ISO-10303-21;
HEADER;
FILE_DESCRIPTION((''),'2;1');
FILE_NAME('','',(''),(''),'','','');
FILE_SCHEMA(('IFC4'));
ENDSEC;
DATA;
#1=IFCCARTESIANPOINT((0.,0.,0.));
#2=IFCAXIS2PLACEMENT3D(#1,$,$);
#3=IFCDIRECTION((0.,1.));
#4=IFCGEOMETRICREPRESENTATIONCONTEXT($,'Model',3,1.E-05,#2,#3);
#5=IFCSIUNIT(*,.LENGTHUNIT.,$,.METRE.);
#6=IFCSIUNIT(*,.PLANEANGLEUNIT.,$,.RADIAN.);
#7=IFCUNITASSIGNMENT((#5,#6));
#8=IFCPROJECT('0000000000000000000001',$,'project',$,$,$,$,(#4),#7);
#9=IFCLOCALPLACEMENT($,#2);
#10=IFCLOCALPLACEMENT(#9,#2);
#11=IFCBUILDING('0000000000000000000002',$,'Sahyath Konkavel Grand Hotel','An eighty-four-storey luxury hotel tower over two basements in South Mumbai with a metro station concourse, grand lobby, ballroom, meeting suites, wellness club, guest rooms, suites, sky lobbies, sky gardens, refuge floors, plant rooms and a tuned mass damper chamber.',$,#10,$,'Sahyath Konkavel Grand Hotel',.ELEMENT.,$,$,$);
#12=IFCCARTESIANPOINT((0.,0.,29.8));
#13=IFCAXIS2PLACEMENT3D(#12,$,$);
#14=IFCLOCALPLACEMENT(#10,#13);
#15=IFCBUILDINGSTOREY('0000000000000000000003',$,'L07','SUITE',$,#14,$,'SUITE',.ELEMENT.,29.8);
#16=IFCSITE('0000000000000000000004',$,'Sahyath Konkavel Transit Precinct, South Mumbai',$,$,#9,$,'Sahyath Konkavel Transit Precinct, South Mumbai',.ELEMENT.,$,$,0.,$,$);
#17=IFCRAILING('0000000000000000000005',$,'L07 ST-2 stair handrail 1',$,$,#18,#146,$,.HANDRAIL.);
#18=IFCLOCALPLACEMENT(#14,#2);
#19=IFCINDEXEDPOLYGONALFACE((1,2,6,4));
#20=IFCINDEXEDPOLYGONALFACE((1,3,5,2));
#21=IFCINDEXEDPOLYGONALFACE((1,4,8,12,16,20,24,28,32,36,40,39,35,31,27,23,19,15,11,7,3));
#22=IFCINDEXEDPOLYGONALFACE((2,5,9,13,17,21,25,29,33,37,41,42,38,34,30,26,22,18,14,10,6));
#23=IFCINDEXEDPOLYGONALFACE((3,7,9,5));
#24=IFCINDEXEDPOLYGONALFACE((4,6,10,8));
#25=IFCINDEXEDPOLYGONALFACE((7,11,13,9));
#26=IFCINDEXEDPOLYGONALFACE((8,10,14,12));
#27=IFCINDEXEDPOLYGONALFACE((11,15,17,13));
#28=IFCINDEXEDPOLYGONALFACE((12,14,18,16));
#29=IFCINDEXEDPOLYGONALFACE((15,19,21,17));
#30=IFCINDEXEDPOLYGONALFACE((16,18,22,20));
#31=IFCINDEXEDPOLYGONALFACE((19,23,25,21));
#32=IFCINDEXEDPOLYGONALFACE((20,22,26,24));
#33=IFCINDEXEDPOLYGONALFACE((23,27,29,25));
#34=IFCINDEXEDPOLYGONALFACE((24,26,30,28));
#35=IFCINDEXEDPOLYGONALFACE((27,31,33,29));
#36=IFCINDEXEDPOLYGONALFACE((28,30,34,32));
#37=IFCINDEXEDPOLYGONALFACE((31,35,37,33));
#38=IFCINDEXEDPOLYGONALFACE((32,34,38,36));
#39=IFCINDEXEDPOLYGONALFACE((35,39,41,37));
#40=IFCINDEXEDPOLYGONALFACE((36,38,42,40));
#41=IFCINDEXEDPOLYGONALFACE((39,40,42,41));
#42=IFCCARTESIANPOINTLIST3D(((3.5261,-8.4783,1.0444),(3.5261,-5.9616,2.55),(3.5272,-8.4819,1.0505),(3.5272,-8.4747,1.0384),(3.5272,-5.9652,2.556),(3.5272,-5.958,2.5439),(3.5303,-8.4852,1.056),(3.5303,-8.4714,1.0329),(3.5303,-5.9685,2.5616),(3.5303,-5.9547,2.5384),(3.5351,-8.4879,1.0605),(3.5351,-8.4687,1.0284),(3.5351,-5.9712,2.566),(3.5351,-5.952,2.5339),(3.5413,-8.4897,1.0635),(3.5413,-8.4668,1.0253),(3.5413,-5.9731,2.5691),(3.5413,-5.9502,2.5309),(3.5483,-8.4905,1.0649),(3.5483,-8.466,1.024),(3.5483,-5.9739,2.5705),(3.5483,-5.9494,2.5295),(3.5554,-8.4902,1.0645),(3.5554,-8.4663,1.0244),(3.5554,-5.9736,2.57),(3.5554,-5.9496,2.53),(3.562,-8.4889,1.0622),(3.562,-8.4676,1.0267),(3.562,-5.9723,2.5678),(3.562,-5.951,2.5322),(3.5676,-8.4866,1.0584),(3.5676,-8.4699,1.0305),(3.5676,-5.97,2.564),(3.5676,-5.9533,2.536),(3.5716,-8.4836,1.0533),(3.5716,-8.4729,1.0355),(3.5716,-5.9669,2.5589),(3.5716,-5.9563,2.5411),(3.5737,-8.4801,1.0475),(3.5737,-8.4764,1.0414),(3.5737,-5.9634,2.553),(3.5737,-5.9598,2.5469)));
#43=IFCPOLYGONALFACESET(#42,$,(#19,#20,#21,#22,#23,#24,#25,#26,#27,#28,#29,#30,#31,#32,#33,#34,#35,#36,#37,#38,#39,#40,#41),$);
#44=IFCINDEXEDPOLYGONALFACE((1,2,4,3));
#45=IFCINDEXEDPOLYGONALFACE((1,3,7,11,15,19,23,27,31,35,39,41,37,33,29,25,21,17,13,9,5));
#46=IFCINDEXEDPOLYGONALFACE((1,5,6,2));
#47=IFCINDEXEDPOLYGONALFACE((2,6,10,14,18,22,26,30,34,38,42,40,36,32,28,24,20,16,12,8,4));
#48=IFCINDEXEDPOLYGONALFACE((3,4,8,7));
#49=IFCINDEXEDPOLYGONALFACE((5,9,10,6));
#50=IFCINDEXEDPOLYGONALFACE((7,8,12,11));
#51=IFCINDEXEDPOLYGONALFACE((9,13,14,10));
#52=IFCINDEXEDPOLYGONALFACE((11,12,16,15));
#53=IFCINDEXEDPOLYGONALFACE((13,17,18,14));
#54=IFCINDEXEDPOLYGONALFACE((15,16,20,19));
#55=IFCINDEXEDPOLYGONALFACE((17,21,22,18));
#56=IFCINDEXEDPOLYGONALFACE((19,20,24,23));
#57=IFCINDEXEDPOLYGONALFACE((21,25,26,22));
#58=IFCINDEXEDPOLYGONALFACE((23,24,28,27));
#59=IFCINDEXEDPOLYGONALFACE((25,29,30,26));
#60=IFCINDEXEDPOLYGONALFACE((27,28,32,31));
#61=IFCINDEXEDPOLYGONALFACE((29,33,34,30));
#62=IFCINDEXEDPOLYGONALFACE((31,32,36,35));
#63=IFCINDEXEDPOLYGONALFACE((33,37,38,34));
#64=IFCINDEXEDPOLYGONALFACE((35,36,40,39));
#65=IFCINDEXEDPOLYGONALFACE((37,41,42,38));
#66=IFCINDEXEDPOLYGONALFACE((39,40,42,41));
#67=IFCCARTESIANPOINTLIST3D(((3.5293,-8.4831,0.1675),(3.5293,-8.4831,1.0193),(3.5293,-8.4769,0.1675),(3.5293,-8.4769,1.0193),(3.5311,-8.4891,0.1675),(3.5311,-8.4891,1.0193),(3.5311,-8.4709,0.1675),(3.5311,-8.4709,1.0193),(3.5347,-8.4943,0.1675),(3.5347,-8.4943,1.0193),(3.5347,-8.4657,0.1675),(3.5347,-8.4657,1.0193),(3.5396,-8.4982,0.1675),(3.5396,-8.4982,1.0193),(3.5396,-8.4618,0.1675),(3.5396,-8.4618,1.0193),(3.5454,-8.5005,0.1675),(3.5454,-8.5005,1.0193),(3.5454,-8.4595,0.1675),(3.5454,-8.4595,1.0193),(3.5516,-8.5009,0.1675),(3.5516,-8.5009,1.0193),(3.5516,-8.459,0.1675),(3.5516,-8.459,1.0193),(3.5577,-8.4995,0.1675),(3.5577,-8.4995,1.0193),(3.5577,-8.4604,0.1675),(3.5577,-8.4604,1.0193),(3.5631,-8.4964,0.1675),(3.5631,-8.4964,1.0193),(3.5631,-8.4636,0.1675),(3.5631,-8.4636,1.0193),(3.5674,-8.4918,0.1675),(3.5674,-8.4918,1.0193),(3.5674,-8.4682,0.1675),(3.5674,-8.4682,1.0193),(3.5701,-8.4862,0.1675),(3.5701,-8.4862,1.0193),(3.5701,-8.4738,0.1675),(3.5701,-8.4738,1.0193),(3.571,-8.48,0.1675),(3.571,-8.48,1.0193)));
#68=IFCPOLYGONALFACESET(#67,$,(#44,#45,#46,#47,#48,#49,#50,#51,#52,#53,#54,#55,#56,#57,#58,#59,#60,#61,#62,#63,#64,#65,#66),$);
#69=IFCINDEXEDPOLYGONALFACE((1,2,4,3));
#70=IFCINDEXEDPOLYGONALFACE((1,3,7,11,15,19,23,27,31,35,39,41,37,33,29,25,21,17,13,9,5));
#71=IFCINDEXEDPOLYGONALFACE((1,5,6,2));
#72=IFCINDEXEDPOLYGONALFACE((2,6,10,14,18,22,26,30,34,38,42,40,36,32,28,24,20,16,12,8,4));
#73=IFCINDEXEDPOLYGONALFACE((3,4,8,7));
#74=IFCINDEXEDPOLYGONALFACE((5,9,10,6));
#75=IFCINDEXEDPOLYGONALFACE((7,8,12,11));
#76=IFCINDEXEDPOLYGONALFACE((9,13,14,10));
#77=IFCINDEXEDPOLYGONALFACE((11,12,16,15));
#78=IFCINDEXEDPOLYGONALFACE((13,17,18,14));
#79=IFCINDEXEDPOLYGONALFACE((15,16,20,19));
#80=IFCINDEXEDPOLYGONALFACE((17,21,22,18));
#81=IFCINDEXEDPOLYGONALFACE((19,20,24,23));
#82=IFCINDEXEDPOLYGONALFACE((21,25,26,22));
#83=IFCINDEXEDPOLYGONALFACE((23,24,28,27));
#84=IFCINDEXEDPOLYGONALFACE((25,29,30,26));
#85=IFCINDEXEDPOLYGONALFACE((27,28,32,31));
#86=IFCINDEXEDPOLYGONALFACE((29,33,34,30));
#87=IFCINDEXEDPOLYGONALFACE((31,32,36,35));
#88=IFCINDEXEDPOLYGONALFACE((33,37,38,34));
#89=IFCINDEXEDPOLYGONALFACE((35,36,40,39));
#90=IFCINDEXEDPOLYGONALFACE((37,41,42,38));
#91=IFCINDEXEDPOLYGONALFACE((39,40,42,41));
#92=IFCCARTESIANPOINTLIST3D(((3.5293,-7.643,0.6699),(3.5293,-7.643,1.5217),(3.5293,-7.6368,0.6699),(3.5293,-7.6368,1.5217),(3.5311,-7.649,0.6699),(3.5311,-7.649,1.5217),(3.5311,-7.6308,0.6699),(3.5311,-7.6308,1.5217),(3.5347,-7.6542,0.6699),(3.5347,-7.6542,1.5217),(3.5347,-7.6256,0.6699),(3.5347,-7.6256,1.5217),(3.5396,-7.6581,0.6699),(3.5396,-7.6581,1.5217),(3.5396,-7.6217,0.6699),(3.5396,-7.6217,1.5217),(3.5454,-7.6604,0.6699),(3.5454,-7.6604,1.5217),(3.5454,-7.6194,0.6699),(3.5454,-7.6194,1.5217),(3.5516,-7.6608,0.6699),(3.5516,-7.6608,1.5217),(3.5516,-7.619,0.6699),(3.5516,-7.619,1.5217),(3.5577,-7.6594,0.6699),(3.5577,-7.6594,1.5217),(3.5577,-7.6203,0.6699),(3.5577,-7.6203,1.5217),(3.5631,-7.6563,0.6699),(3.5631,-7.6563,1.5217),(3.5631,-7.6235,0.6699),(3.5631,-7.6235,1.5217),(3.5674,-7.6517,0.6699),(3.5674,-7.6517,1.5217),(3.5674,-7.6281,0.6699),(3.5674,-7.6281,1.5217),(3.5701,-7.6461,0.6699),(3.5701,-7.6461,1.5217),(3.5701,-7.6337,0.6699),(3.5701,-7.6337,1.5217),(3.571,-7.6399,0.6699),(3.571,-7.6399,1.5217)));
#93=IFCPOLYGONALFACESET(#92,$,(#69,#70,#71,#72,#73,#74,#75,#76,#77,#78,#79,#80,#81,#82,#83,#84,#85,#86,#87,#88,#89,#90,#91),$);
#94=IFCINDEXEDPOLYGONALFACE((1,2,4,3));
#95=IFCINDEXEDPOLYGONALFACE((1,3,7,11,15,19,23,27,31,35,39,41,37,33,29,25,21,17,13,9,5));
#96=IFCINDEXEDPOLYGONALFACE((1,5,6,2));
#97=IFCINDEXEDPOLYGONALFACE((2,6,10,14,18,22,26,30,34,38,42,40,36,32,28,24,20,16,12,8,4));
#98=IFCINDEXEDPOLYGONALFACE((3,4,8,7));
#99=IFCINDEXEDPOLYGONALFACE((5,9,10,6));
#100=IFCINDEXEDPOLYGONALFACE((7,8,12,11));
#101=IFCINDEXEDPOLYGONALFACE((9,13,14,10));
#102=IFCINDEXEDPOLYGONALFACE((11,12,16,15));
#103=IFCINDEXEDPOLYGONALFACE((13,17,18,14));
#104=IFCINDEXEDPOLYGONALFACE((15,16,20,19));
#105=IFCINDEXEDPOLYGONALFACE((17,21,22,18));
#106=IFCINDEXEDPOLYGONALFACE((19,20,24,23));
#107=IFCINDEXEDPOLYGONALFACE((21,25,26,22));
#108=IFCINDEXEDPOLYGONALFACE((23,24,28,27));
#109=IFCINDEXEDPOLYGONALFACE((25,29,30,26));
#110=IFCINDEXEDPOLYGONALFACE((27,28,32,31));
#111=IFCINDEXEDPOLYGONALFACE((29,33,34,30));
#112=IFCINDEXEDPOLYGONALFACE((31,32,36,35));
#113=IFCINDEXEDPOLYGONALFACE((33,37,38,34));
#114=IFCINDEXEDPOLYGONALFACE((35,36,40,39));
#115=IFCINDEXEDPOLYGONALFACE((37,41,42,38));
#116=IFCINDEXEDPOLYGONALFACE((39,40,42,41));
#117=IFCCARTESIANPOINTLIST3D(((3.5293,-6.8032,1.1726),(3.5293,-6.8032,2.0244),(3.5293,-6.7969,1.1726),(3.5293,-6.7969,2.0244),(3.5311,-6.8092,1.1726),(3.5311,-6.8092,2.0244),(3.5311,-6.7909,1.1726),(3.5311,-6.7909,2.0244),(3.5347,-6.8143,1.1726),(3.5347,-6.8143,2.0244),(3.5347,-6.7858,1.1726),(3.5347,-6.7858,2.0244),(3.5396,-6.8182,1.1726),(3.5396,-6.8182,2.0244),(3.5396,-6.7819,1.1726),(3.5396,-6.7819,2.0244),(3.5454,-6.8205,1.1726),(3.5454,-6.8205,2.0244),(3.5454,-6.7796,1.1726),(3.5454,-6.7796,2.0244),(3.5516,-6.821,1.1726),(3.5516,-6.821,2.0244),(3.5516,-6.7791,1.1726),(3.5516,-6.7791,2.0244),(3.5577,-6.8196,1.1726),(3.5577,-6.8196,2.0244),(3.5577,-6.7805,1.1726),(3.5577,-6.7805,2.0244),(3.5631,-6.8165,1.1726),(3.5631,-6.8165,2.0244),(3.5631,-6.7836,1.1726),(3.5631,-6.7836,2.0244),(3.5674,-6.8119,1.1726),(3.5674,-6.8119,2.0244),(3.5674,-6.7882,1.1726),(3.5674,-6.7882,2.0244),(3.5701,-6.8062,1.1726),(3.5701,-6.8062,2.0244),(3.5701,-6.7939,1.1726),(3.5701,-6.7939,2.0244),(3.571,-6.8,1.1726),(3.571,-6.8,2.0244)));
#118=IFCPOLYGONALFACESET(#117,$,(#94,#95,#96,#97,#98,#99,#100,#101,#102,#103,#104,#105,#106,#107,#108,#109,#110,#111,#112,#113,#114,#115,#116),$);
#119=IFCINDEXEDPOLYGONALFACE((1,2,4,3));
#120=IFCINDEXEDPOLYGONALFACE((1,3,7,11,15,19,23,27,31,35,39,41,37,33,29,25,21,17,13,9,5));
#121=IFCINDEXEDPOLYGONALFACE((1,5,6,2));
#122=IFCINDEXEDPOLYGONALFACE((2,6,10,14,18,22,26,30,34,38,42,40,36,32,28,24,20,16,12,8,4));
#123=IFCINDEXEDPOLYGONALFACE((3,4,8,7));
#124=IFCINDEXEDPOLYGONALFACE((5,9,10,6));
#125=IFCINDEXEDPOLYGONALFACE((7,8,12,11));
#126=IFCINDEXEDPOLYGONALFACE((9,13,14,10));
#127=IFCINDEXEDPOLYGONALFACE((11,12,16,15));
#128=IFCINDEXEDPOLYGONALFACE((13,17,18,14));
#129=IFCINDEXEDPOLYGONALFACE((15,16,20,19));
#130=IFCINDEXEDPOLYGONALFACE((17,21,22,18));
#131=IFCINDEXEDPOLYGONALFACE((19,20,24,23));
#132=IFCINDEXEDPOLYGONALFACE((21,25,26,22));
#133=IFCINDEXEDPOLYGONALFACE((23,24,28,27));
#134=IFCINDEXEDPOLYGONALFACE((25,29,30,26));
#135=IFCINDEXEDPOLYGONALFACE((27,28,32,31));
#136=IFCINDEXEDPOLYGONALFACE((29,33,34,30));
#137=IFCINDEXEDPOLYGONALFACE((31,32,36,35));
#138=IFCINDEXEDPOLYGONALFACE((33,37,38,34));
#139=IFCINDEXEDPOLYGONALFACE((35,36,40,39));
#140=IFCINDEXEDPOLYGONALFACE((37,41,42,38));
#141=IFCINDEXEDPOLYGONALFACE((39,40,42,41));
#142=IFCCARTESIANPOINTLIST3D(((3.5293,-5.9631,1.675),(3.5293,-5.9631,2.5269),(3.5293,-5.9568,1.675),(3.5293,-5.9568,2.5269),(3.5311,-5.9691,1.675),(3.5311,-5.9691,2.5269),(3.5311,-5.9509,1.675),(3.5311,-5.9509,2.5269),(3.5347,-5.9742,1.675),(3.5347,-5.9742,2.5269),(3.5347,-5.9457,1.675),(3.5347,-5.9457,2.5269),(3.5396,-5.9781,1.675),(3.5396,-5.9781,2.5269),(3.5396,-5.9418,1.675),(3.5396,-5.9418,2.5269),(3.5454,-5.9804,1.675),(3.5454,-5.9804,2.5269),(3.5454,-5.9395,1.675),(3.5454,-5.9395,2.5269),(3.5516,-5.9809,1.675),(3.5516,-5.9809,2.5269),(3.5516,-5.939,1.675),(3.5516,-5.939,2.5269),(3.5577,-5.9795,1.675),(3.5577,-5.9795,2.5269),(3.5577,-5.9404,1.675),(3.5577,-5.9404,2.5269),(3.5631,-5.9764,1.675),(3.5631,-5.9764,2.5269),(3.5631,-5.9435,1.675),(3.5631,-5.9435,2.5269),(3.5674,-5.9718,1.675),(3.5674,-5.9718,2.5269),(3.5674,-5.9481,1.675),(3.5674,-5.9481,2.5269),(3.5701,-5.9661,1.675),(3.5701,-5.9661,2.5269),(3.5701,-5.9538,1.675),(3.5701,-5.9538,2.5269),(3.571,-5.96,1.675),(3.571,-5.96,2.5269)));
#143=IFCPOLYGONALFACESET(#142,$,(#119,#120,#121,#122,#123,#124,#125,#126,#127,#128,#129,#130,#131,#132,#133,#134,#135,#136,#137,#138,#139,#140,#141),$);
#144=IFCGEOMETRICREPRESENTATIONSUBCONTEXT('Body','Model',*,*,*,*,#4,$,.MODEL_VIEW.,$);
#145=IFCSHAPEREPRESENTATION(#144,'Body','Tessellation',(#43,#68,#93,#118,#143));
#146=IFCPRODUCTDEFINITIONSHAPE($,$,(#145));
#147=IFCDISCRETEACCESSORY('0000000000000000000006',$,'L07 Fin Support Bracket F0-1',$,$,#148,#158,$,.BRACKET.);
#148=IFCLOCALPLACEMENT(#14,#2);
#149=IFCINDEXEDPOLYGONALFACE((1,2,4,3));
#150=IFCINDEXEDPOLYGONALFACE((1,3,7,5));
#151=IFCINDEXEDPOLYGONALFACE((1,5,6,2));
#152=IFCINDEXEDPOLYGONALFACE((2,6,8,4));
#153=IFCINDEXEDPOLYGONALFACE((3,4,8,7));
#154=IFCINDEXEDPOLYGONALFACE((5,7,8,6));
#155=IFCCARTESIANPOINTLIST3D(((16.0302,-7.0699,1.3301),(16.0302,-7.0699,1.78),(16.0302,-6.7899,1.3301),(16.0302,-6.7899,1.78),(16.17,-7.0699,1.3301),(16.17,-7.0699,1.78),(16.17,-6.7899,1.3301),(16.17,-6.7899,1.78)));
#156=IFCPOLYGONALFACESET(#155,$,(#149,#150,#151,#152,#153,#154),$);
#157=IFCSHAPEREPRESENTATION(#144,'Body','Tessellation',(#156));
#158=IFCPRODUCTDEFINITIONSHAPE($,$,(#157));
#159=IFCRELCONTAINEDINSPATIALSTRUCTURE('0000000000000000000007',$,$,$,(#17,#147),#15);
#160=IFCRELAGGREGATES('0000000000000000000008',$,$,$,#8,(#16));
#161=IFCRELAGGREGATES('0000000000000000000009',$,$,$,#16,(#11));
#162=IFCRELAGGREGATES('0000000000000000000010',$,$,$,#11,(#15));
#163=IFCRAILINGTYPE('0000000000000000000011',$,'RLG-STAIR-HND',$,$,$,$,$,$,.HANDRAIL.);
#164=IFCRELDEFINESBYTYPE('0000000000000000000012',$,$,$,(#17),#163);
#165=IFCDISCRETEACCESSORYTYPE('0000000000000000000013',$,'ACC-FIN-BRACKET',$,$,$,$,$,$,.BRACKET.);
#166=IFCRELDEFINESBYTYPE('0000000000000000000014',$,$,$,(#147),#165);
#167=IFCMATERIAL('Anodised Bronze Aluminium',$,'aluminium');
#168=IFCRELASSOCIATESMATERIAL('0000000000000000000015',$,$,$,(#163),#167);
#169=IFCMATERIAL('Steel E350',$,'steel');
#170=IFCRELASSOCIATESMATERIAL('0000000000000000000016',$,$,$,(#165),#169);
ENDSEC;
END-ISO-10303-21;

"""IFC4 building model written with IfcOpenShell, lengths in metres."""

from ifc_helpers import new_model, si_unit, direction, frame, origin, origin_2d, place, context, subcontext, project, spatial, rectangle, circle, extrude, source, transform, mapped, material, type_object, element, save


model = new_model("IFC4")

# Units and contexts
model_context = context("Model", 3, precision=1e-05, world=origin(), true_north=direction((0.0, 1.0)))
body_context = subcontext(model_context, "Body", "Model", "MODEL_VIEW")
ifc_project = project(units=[si_unit("LENGTHUNIT", "METRE"), si_unit("PLANEANGLEUNIT", "RADIAN")], contexts=[model_context])

# Site, building, storey
site_placement = place(None, origin())
site = spatial("IfcSite", under=ifc_project, at=site_placement, Name="Sahyath Konkavel Transit Precinct, South Mumbai", LongName="Sahyath Konkavel Transit Precinct, South Mumbai", CompositionType="ELEMENT", RefElevation=0.0)
building_placement = place(site_placement, origin())
building = spatial("IfcBuilding", under=site, at=building_placement, Name="Sahyath Konkavel Grand Hotel", Description="An eighty-four-storey luxury hotel tower over two basements in South Mumbai with a metro station concourse, grand lobby, ballroom, meeting suites, wellness club, guest rooms, suites, sky lobbies, sky gardens, refuge floors, plant rooms and a tuned mass damper chamber.", LongName="Sahyath Konkavel Grand Hotel", CompositionType="ELEMENT")
storey_placement = place(building_placement, frame((0.0, 0.0, 29.8)))
storey = spatial("IfcBuildingStorey", under=building, at=storey_placement, Name="L07", Description="SUITE", LongName="SUITE", CompositionType="ELEMENT", Elevation=29.8)

# Shared definitions
ifc_material_1 = material(Name="Steel E350", Category="steel")

# Shared definitions
ifc_material_2 = material(Name="Anodised Bronze Aluminium", Category="aluminium")

# Railing
railing_type_1 = type_object("IfcRailingType", Name="RLG-STAIR-HND", PredefinedType="HANDRAIL", material=ifc_material_2)
railing_1_placement = place(storey_placement, frame((3.55, -8.48, 0.1675)))
element("IfcRailing", 1, at=railing_1_placement, inside=storey, type_object=railing_type_1, Name="L07 ST-2 stair handrail 1", PredefinedType="HANDRAIL", context=body_context, shape_type="SweptSolid", body=[
    extrude(circle(Radius=0.0239, at=origin_2d()), frame((0.0, 0.0017, 0.877), z_axis=(0.0, 0.85816, 0.513383), x_axis=(-1.0, 0.0, 0.0)), (0.0, 0.0, 1.0), 2.9326),
    extrude(circle(Radius=0.021, at=origin_2d()), origin(), (0.0, 0.0, 1.0), 0.8518),
    extrude(circle(Radius=0.021, at=origin_2d()), frame((0.0, 0.8401, 0.5024)), (0.0, 0.0, 1.0), 0.8518),
    extrude(circle(Radius=0.021, at=origin_2d()), frame((0.0, 1.6799, 1.0051)), (0.0, 0.0, 1.0), 0.8518),
    extrude(circle(Radius=0.021, at=origin_2d()), frame((0.0, 2.52, 1.5076)), (0.0, 0.0, 1.0), 0.8518),
])

# Discrete accessory
discrete_accessory_type = type_object("IfcDiscreteAccessoryType", Name="ACC-FIN-BRACKET", PredefinedType="BRACKET", material=ifc_material_1)
shared_shape_1 = source(origin(), body_context, "Body", "SweptSolid", [
    extrude(rectangle(XDim=0.28, YDim=0.1399, at=origin_2d()), origin(), (0.0, 0.0, 1.0), 0.45),
])
discrete_accessory_placement = place(storey_placement, frame((16.1001, -6.9299, 1.3301), z_axis=(0.0, 0.0, 1.0), x_axis=(0.0, -1.0, 0.0)))
element("IfcDiscreteAccessory", 2, at=discrete_accessory_placement, inside=storey, type_object=discrete_accessory_type, Name="L07 Fin Support Bracket F0-1", PredefinedType="BRACKET", context=body_context, shape_type="MappedRepresentation", body=[
    mapped(shared_shape_1, transform((0.0, 0.0, 0.0), scale=1.0)),
])

save(model, "model.ifc")
